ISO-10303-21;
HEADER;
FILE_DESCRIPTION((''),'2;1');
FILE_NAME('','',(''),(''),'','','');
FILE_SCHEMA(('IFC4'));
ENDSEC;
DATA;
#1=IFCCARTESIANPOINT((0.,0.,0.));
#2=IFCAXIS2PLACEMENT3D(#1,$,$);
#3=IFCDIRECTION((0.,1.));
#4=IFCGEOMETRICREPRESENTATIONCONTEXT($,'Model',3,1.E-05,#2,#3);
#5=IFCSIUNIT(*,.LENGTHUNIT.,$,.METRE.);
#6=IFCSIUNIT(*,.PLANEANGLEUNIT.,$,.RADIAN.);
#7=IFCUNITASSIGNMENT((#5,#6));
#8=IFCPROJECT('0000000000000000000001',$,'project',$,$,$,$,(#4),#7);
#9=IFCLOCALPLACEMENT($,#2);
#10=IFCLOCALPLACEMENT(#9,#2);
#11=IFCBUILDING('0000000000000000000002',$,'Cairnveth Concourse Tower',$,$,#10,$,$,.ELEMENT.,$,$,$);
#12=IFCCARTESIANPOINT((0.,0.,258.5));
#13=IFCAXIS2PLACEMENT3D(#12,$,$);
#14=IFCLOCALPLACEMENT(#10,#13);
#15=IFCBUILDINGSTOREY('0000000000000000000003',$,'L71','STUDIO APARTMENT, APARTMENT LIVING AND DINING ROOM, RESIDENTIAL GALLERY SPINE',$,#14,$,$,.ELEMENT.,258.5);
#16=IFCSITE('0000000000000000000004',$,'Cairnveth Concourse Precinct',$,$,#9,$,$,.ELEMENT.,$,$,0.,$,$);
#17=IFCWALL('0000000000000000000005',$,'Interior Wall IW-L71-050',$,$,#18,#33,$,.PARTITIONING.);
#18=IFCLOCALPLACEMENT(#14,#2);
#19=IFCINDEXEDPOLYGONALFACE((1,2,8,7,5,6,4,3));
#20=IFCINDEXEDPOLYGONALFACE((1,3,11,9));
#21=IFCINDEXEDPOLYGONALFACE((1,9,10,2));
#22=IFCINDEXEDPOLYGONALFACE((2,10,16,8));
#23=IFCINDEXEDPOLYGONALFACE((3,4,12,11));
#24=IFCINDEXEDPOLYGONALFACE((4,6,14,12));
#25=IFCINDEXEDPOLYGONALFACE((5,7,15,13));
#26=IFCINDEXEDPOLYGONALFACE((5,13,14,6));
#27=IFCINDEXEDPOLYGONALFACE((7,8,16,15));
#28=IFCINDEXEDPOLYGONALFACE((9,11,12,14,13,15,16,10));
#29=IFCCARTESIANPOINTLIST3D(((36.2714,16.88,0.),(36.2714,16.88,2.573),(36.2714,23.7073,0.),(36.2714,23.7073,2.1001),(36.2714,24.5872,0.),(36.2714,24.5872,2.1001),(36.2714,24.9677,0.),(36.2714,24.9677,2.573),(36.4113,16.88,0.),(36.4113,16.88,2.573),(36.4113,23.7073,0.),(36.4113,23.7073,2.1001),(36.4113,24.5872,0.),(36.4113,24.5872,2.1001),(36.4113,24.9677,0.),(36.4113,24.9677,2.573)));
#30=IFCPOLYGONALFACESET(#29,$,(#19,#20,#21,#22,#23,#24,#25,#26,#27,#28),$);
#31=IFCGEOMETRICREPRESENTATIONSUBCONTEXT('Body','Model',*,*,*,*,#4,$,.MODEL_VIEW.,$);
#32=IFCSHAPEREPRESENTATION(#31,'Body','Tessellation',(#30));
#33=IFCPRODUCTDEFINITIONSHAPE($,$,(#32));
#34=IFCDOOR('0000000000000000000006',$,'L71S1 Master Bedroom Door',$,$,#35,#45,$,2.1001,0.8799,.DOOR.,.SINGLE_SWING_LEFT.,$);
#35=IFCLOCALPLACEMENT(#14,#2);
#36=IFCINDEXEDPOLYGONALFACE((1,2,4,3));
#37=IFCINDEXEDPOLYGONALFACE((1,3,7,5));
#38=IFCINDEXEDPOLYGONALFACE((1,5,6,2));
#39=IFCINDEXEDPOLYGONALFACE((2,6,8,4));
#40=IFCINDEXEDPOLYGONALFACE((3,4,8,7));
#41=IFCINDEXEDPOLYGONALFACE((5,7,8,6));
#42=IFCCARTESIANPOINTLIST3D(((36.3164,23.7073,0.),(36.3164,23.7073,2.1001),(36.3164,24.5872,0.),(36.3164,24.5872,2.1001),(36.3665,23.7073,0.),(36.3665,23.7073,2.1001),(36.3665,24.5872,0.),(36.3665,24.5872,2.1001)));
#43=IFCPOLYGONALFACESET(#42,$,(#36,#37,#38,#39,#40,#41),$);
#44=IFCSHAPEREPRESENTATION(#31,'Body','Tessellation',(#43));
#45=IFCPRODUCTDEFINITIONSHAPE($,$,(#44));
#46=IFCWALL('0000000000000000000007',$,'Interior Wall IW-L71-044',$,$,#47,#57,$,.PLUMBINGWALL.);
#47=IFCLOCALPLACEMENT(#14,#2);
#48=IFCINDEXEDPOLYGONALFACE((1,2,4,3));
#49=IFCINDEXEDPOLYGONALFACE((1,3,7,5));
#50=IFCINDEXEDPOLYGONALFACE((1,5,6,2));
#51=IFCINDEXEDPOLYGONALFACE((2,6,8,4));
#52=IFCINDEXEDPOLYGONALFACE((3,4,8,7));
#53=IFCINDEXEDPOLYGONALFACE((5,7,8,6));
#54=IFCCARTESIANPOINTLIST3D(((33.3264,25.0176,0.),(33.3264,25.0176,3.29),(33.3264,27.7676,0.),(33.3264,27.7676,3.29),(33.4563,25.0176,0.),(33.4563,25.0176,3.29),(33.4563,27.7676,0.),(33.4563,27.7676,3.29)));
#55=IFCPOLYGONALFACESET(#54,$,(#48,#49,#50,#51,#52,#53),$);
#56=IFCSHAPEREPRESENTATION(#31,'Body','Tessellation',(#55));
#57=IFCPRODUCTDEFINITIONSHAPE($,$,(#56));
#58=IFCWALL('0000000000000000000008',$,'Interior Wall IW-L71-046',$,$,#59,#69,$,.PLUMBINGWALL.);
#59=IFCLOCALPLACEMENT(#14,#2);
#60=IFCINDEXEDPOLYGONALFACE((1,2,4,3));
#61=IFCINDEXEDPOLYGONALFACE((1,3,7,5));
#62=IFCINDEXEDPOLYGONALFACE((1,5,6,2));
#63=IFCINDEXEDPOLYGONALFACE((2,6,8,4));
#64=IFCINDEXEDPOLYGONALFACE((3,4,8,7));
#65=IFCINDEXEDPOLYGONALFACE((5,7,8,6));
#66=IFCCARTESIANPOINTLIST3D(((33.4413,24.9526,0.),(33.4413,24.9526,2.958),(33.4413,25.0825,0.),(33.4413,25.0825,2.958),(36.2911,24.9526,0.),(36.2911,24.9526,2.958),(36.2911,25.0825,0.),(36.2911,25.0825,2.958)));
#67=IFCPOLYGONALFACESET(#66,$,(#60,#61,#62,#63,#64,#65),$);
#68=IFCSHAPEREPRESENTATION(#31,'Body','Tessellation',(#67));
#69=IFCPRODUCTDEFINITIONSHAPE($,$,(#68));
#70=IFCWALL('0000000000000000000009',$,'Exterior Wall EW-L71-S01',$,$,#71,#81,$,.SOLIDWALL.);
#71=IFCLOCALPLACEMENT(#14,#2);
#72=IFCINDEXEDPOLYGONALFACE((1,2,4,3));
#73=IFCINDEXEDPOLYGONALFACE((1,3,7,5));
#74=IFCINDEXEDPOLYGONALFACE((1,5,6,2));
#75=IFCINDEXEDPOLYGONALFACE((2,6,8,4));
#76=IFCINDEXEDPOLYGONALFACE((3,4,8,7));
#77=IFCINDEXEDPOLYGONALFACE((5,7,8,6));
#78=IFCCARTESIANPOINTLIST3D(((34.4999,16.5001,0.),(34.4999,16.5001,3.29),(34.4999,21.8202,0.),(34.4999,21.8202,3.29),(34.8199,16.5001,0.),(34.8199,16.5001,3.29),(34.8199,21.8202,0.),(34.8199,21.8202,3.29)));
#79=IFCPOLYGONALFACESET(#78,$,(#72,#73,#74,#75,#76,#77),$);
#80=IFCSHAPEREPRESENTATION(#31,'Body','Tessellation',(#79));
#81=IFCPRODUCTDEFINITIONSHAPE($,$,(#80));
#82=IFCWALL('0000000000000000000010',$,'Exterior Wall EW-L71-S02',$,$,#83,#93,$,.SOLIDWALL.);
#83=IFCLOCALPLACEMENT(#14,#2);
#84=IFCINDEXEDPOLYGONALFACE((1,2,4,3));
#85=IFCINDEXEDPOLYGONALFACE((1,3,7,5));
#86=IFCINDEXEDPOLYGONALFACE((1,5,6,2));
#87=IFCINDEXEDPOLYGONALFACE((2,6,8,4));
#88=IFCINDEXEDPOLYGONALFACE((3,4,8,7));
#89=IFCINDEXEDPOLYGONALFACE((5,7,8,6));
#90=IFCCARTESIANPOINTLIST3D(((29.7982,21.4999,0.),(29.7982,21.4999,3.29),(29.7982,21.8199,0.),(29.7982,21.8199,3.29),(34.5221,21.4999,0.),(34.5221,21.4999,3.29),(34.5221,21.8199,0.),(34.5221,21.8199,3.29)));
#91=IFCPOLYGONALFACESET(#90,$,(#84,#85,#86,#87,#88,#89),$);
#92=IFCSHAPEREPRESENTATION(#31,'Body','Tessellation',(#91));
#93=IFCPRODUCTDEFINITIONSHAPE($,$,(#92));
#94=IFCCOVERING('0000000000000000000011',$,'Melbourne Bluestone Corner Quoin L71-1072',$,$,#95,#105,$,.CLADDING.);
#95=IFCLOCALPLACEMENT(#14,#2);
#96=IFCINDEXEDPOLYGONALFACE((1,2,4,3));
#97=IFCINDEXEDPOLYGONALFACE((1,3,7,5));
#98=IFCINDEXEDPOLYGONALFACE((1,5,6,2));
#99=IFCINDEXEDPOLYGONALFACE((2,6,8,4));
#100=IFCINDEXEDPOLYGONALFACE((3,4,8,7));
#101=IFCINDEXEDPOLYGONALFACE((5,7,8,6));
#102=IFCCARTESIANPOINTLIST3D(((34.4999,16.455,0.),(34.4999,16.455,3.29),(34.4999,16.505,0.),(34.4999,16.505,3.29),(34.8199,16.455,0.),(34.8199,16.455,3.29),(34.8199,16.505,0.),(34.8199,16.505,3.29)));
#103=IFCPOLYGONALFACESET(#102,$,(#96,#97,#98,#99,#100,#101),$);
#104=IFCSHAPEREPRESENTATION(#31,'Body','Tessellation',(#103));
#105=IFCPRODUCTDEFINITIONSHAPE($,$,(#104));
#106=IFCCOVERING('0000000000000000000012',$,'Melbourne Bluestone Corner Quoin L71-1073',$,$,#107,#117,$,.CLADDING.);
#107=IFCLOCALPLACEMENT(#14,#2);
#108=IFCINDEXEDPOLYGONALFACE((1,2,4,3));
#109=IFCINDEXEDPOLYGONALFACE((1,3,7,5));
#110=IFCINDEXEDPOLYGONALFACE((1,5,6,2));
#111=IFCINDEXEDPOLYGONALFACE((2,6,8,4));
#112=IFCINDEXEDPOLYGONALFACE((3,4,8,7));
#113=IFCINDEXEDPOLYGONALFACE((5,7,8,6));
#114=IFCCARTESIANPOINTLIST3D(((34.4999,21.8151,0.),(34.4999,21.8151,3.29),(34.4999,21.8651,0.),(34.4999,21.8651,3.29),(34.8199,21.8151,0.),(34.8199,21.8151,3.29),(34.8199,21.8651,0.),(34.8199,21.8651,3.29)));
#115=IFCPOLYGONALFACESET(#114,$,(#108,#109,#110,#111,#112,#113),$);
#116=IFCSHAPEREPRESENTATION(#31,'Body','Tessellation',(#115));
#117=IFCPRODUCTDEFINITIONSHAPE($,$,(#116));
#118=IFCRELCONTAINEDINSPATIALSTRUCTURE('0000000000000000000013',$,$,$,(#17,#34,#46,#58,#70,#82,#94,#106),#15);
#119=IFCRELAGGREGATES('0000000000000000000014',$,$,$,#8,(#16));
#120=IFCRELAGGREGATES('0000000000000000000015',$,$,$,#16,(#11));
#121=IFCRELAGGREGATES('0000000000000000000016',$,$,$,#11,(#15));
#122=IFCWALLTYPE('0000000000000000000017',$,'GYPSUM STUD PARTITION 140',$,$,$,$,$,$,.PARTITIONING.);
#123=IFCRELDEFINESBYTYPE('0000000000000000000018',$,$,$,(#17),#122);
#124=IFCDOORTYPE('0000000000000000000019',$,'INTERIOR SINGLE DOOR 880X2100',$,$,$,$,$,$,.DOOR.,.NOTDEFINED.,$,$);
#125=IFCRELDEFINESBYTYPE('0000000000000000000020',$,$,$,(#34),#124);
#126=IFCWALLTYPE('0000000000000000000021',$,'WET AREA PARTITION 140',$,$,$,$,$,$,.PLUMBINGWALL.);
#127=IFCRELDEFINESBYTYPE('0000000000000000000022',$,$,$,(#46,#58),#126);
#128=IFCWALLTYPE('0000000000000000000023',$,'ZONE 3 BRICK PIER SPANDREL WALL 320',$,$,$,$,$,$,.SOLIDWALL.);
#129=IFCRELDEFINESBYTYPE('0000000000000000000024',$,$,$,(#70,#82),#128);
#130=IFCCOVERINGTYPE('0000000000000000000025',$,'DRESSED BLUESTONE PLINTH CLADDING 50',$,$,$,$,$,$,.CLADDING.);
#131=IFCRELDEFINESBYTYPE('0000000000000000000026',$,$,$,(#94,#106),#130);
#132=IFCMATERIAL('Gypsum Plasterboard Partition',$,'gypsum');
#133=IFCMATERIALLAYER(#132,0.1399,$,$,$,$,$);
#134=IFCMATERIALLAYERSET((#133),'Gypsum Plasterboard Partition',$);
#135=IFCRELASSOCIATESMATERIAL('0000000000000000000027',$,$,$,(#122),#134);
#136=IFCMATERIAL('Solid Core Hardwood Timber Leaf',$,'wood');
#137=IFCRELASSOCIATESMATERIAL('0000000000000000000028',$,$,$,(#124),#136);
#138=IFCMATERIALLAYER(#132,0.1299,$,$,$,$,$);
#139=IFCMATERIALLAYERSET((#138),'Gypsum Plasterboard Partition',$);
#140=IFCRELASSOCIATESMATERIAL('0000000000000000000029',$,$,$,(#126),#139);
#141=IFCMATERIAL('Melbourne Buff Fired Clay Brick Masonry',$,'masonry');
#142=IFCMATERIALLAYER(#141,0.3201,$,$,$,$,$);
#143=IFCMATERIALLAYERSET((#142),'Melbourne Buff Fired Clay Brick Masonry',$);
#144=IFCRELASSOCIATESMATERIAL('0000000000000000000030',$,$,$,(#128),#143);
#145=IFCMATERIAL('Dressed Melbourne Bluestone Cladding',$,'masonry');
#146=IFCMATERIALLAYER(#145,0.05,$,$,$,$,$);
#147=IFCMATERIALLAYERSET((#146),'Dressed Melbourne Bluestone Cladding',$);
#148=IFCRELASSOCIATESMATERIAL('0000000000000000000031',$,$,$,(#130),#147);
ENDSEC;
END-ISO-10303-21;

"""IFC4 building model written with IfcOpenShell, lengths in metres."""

from ifc_helpers import new_model, si_unit, direction, frame, frame_2d, origin, place, context, subcontext, project, spatial, rectangle, extrude, material, layer, layer_set, type_object, element, fill, save


model = new_model("IFC4")

# Units and contexts
model_context = context("Model", 3, precision=1e-05, world=origin(), true_north=direction((0.0, 1.0)))
body_context = subcontext(model_context, "Body", "Model", "MODEL_VIEW")
ifc_project = project(units=[si_unit("LENGTHUNIT", "METRE"), si_unit("PLANEANGLEUNIT", "RADIAN")], contexts=[model_context])

# Site, building, storey
site_placement = place(None, origin())
site = spatial("IfcSite", under=ifc_project, at=site_placement, Name="Cairnveth Concourse Precinct", CompositionType="ELEMENT", RefElevation=0.0)
building_placement = place(site_placement, origin())
building = spatial("IfcBuilding", under=site, at=building_placement, Name="Cairnveth Concourse Tower", CompositionType="ELEMENT")
storey_placement = place(building_placement, frame((0.0, 0.0, 258.5)))
storey = spatial("IfcBuildingStorey", under=building, at=storey_placement, Name="L71", Description="STUDIO APARTMENT, APARTMENT LIVING AND DINING ROOM, RESIDENTIAL GALLERY SPINE", CompositionType="ELEMENT", Elevation=258.5)

# Wall, opening, door
ifc_material_1 = material(Name="Gypsum Plasterboard Partition", Category="gypsum")
ifc_layer_1 = layer(ifc_material_1, 0.1399)
ifc_layer_set_1 = layer_set([ifc_layer_1], Name="Gypsum Plasterboard Partition")
wall_type_1 = type_object("IfcWallType", Name="GYPSUM STUD PARTITION 140", PredefinedType="PARTITIONING", material=ifc_layer_set_1)
wall_1_placement = place(storey_placement, frame((36.3413, 16.8799, 0.0), z_axis=(0.0, 0.0, 1.0), x_axis=(0.0, 1.0, 0.0)))
wall_1 = element("IfcWall", 1, at=wall_1_placement, inside=storey, type_object=wall_type_1, Name="Interior Wall IW-L71-050", PredefinedType="PARTITIONING", context=body_context, shape_type="SweptSolid", body=[
    extrude(rectangle(XDim=8.0876, YDim=0.1399, at=frame_2d((4.0439, 0.0))), origin(), (0.0, 0.0, 1.0), 2.573),
])
opening_placement = place(wall_1_placement, frame((6.8274, 0.0, 0.0)))
opening = element("IfcOpeningElement", 2, at=opening_placement, cuts=wall_1, PredefinedType="OPENING", context=body_context, shape_type="SweptSolid", body=[
    extrude(rectangle(XDim=0.8799, YDim=2.1001, at=frame_2d((0.4399, 1.05))), frame((0.0, 0.0798, 0.0), z_axis=(0.0, -1.0, 0.0), x_axis=(1.0, 0.0, 0.0)), (0.0, 0.0, 1.0), 0.1599),
])
ifc_material_2 = material(Name="Solid Core Hardwood Timber Leaf", Category="wood")
door_type = type_object("IfcDoorType", Name="INTERIOR SINGLE DOOR 880X2100", OperationType="NOTDEFINED", PredefinedType="DOOR", material=ifc_material_2)
door_placement = place(opening_placement, origin())
door = element("IfcDoor", 3, at=door_placement, inside=storey, type_object=door_type, Name="L71S1 Master Bedroom Door", OperationType="SINGLE_SWING_LEFT", OverallHeight=2.1001, OverallWidth=0.8799, PredefinedType="DOOR", context=body_context, shape_type="SweptSolid", body=[
    extrude(rectangle(XDim=0.8799, YDim=2.1001, at=frame_2d((0.4399, 1.05))), frame((0.0, 0.0249, 0.0), z_axis=(0.0, -1.0, 0.0), x_axis=(1.0, 0.0, 0.0)), (0.0, 0.0, 1.0), 0.05),
])
fill(opening, door)

# Walls
ifc_layer_2 = layer(ifc_material_1, 0.1299)
ifc_layer_set_2 = layer_set([ifc_layer_2], Name="Gypsum Plasterboard Partition")
wall_type_2 = type_object("IfcWallType", Name="WET AREA PARTITION 140", PredefinedType="PLUMBINGWALL", material=ifc_layer_set_2)
wall_2_placement = place(storey_placement, frame((33.3914, 25.0176, 0.0), z_axis=(0.0, 0.0, 1.0), x_axis=(0.0, 1.0, 0.0)))
element("IfcWall", 4, at=wall_2_placement, inside=storey, type_object=wall_type_2, Name="Interior Wall IW-L71-044", PredefinedType="PLUMBINGWALL", context=body_context, shape_type="SweptSolid", body=[
    extrude(rectangle(XDim=2.75, YDim=0.1299, at=frame_2d((1.375, 0.0))), origin(), (0.0, 0.0, 1.0), 3.29),
])
wall_3_placement = place(storey_placement, frame((33.4414, 25.0176, 0.0), z_axis=(0.0, 0.0, 1.0), x_axis=(1.0, 0.0, 0.0)))
element("IfcWall", 5, at=wall_3_placement, inside=storey, type_object=wall_type_2, Name="Interior Wall IW-L71-046", PredefinedType="PLUMBINGWALL", context=body_context, shape_type="SweptSolid", body=[
    extrude(rectangle(XDim=2.8499, YDim=0.1299, at=frame_2d((1.4248, 0.0))), origin(), (0.0, 0.0, 1.0), 2.958),
])
ifc_material_3 = material(Name="Melbourne Buff Fired Clay Brick Masonry", Category="masonry")
ifc_layer_3 = layer(ifc_material_3, 0.3201)
ifc_layer_set_3 = layer_set([ifc_layer_3], Name="Melbourne Buff Fired Clay Brick Masonry")
wall_type_3 = type_object("IfcWallType", Name="ZONE 3 BRICK PIER SPANDREL WALL 320", PredefinedType="SOLIDWALL", material=ifc_layer_set_3)
wall_4_placement = place(storey_placement, frame((34.6599, 16.5, 0.0), z_axis=(0.0, 0.0, 1.0), x_axis=(0.0, 1.0, 0.0)))
element("IfcWall", 6, at=wall_4_placement, inside=storey, type_object=wall_type_3, Name="Exterior Wall EW-L71-S01", PredefinedType="SOLIDWALL", context=body_context, shape_type="SweptSolid", body=[
    extrude(rectangle(XDim=5.3201, YDim=0.3201, at=frame_2d((2.6602, 0.0))), origin(), (0.0, 0.0, 1.0), 3.29),
])
wall_5_placement = place(storey_placement, frame((34.522, 21.6599, 0.0), z_axis=(0.0, 0.0, 1.0), x_axis=(-1.0, 0.0, 0.0)))
element("IfcWall", 7, at=wall_5_placement, inside=storey, type_object=wall_type_3, Name="Exterior Wall EW-L71-S02", PredefinedType="SOLIDWALL", context=body_context, shape_type="SweptSolid", body=[
    extrude(rectangle(XDim=4.7239, YDim=0.3201, at=frame_2d((2.3618, 0.0))), origin(), (0.0, 0.0, 1.0), 3.29),
])

# Coverings
ifc_material_4 = material(Name="Dressed Melbourne Bluestone Cladding", Category="masonry")
ifc_layer_4 = layer(ifc_material_4, 0.05)
ifc_layer_set_4 = layer_set([ifc_layer_4], Name="Dressed Melbourne Bluestone Cladding")
covering_type = type_object("IfcCoveringType", Name="DRESSED BLUESTONE PLINTH CLADDING 50", PredefinedType="CLADDING", material=ifc_layer_set_4)
for number, where, z_axis, x_axis, name in (
    (8, (34.8201, 16.48, 0.0), (0.0, 0.0, 1.0), (-1.0, 0.0, 0.0), "Melbourne Bluestone Corner Quoin L71-1072"),
    (9, (34.8201, 21.8401, 0.0), (0.0, 0.0, 1.0), (-1.0, 0.0, 0.0), "Melbourne Bluestone Corner Quoin L71-1073"),
):
    element("IfcCovering", number, at=place(storey_placement, frame(where, z_axis=z_axis, x_axis=x_axis)), inside=storey, type_object=covering_type, Name=name, PredefinedType="CLADDING", context=body_context, shape_type="SweptSolid", body=[
        extrude(rectangle(XDim=0.3201, YDim=0.05, at=frame_2d((0.1602, 0.0))), origin(), (0.0, 0.0, 1.0), 3.29),
    ])

save(model, "model.ifc")
